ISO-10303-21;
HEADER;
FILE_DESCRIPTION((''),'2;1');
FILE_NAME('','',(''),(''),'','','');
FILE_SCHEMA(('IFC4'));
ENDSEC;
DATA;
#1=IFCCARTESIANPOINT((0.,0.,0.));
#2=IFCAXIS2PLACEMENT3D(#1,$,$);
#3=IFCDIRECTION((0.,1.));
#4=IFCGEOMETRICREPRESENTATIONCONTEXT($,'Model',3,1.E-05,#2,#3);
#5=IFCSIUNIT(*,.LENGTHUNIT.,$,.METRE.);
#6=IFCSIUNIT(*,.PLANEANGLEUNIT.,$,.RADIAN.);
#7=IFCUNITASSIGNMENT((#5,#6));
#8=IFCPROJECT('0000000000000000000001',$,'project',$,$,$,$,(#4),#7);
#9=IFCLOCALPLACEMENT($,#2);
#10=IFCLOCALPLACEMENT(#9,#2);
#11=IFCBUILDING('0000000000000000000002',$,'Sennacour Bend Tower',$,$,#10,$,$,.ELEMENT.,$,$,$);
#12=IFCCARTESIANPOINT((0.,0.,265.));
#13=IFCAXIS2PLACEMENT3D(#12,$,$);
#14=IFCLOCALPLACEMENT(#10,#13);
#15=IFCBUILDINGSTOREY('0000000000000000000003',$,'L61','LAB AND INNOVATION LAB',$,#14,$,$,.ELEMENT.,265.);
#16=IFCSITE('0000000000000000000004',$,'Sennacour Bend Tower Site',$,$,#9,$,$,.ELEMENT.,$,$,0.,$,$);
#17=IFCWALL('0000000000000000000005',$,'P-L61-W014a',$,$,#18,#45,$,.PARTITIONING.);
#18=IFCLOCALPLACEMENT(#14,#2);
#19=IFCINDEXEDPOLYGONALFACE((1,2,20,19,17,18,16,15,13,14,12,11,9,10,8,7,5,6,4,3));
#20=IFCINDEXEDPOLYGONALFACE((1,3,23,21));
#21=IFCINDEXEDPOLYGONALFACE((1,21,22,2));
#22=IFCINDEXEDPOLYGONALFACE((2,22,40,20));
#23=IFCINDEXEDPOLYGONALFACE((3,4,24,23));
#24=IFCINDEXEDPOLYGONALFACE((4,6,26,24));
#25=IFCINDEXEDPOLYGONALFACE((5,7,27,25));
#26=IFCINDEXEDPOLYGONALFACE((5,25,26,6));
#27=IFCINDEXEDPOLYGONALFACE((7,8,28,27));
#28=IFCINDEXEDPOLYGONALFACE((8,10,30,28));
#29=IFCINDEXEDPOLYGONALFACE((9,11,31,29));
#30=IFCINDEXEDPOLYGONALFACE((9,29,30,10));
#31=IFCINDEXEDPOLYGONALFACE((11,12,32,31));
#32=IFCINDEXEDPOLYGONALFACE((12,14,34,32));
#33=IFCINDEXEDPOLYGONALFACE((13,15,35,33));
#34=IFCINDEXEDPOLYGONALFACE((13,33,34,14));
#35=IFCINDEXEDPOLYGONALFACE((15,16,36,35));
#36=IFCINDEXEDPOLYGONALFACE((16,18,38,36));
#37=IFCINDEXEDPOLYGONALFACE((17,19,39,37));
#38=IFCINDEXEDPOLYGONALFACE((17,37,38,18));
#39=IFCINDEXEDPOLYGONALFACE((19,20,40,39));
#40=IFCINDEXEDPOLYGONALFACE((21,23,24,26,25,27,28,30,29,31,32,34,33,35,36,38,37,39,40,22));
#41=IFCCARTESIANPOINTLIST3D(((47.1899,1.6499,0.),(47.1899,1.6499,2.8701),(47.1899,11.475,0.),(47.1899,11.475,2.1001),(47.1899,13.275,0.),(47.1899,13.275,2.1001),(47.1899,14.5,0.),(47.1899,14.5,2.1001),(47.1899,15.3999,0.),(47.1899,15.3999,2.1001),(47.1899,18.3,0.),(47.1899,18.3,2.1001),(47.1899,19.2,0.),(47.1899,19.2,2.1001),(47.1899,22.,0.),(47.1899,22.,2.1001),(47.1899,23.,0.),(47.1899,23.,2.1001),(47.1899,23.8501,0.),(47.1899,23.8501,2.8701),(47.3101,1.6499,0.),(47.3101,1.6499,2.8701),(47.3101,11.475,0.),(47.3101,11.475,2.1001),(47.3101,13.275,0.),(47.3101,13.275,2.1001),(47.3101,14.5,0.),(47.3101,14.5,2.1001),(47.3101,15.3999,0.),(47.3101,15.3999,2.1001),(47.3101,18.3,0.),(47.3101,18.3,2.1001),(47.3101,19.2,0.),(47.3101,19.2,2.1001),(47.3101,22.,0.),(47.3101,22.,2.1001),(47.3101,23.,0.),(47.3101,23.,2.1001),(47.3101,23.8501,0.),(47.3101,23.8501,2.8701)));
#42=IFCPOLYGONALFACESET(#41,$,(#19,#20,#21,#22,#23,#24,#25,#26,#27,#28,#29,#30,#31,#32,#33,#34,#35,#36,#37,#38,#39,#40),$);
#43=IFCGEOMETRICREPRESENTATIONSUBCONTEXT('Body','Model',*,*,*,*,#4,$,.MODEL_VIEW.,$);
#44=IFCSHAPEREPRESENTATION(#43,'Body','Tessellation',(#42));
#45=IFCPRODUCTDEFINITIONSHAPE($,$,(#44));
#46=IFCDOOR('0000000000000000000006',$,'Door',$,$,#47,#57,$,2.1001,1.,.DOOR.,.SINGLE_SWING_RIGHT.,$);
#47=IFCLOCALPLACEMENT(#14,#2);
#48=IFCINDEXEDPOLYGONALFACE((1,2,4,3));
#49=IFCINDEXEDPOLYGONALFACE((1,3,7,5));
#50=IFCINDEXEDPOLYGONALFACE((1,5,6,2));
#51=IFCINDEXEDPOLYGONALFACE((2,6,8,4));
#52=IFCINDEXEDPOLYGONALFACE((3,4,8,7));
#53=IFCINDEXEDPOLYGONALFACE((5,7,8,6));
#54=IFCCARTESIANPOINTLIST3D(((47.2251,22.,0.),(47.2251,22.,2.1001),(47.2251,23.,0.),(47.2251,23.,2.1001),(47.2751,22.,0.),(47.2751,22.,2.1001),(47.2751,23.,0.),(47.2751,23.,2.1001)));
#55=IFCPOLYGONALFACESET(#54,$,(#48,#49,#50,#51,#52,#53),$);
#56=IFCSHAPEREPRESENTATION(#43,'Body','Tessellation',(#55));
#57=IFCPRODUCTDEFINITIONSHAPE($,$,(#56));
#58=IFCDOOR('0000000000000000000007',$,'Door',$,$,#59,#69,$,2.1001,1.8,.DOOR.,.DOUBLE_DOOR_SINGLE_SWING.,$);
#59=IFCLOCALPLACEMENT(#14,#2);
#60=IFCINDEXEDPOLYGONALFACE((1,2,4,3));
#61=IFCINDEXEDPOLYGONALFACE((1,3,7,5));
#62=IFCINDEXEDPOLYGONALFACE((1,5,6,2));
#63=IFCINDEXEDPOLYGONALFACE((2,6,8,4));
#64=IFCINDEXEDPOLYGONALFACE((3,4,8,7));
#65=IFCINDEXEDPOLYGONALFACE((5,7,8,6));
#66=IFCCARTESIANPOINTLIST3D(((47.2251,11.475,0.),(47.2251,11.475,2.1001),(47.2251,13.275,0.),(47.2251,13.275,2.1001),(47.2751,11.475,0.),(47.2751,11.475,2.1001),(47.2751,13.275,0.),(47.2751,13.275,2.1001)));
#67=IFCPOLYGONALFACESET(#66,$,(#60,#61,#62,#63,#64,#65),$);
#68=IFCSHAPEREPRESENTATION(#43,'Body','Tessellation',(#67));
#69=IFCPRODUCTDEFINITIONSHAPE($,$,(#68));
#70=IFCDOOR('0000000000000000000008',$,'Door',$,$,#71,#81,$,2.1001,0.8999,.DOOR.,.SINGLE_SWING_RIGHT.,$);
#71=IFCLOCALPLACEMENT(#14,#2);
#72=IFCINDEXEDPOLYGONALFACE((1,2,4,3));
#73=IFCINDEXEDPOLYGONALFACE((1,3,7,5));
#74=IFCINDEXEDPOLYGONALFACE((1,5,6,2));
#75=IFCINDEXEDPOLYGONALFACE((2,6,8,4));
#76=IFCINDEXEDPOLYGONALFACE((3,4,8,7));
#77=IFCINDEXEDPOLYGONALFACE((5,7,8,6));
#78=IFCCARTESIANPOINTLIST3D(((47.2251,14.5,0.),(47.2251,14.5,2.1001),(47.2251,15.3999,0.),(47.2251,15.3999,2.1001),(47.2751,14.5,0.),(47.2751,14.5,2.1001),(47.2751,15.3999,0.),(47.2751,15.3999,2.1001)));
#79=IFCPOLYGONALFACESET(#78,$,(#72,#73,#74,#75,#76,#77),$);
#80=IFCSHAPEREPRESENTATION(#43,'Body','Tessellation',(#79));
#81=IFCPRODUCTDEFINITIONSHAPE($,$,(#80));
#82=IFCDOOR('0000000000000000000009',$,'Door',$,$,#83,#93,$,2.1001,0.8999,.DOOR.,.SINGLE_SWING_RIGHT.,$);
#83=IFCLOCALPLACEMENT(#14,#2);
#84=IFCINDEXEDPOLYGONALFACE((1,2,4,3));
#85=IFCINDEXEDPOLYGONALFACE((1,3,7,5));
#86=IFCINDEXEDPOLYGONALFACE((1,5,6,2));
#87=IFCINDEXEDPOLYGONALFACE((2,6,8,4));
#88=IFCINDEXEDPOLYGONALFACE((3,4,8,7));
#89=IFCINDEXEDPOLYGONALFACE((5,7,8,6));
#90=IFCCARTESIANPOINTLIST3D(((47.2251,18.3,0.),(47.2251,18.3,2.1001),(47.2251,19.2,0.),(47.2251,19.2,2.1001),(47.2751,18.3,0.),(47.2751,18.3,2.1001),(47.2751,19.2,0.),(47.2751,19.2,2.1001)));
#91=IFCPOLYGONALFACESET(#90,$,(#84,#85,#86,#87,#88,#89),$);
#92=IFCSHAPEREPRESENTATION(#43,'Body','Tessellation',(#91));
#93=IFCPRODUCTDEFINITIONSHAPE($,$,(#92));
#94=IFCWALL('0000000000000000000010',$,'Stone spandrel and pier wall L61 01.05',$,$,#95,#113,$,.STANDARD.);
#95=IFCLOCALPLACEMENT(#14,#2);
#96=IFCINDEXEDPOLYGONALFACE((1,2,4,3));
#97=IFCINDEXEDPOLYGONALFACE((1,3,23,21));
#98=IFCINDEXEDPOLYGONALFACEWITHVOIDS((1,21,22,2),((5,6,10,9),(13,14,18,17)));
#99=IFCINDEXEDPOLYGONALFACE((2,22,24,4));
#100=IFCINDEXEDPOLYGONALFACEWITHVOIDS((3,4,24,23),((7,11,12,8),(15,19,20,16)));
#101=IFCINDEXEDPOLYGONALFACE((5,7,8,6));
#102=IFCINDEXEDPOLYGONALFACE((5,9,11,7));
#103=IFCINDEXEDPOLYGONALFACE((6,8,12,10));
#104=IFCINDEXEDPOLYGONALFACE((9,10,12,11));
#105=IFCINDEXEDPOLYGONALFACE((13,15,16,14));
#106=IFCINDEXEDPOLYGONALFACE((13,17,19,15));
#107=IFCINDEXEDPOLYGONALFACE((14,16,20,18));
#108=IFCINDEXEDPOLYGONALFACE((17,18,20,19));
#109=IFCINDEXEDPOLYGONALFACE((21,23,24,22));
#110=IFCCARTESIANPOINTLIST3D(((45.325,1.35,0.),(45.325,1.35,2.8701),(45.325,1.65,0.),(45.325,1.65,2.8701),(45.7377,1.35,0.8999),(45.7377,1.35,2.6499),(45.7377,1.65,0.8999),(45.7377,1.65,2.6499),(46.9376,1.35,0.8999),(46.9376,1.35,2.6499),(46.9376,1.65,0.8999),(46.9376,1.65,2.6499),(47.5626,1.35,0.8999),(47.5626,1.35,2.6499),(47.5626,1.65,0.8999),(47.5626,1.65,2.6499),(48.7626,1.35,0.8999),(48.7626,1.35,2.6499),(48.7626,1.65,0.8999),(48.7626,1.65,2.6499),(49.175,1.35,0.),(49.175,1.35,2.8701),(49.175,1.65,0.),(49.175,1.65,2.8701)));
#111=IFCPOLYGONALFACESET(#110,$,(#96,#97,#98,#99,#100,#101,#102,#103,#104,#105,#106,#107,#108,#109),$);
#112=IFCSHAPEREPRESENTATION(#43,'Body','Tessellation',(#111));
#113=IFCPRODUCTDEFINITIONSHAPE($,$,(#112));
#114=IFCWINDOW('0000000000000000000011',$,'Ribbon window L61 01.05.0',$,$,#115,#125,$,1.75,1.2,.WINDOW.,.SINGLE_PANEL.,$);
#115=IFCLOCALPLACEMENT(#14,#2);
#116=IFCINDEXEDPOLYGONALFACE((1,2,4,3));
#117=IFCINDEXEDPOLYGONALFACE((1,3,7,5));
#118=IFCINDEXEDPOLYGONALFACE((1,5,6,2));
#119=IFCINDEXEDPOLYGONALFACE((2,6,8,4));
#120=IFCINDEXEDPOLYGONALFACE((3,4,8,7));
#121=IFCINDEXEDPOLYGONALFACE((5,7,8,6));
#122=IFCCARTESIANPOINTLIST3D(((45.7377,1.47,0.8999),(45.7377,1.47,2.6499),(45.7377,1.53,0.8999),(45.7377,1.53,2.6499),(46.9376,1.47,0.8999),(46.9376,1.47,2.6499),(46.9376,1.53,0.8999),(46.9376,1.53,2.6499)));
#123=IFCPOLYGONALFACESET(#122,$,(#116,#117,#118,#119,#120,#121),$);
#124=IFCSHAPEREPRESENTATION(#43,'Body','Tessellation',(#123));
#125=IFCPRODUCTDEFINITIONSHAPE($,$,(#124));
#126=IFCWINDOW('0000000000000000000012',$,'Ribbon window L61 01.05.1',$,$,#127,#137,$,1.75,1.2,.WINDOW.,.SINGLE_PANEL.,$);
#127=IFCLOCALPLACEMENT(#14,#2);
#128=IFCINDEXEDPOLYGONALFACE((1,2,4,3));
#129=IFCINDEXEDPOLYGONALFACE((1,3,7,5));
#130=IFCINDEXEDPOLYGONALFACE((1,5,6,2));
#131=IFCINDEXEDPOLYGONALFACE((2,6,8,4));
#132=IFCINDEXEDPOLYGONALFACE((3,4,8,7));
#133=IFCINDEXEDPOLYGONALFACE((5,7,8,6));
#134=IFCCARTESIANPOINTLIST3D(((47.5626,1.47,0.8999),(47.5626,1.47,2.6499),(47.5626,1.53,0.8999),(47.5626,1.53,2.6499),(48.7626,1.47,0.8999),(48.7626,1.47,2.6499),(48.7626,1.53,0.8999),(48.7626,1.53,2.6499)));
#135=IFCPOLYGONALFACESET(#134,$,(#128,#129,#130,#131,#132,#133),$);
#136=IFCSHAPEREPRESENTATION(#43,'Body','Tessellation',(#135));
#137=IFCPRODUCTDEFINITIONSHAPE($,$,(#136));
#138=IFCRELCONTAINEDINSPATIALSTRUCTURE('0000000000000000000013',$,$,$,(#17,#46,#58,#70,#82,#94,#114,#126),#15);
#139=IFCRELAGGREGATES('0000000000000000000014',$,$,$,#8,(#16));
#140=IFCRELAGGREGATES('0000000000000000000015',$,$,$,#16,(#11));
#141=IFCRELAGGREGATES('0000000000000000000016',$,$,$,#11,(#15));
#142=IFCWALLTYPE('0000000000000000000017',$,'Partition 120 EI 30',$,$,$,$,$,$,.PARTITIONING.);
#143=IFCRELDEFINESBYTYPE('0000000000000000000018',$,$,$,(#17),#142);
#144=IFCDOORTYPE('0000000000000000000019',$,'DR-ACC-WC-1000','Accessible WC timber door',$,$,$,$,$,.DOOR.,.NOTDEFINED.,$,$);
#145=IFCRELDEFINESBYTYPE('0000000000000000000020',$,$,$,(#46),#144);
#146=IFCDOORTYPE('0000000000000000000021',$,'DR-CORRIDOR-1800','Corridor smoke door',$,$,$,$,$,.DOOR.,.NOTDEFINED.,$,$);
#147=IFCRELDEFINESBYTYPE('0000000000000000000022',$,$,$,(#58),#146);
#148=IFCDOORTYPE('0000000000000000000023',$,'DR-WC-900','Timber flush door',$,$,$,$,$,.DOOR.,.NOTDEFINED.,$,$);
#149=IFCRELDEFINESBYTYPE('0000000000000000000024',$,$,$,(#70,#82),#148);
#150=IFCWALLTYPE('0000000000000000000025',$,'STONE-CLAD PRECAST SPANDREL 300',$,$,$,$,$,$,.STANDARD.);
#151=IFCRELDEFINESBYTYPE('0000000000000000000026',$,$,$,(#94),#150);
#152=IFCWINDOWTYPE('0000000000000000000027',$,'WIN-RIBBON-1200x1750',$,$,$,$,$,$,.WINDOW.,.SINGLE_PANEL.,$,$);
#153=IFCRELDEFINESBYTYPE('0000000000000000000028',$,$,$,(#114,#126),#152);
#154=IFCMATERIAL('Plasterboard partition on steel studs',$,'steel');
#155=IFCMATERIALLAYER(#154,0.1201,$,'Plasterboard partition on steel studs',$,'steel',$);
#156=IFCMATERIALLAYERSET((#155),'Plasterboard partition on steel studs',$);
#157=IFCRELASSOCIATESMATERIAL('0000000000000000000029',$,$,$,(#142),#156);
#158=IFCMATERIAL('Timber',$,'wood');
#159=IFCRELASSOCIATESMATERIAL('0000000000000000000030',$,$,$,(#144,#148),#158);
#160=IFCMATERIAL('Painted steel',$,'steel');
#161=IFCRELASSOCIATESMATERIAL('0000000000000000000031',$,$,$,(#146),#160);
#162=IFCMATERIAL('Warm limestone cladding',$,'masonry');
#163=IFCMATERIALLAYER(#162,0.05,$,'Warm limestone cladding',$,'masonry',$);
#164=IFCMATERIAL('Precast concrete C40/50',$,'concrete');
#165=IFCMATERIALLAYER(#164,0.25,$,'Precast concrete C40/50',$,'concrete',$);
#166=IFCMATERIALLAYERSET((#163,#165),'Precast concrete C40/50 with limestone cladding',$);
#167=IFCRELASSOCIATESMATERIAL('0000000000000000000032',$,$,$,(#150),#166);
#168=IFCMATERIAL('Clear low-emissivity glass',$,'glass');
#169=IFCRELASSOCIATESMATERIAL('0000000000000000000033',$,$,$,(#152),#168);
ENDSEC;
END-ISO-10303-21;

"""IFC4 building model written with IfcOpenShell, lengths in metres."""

from ifc_helpers import new_model, si_unit, direction, frame, frame_2d, origin, place, context, subcontext, project, spatial, rectangle, extrude, material, layer, layer_set, type_object, element, fill, save


model = new_model("IFC4")

# Units and contexts
model_context = context("Model", 3, precision=1e-05, world=origin(), true_north=direction((0.0, 1.0)))
body_context = subcontext(model_context, "Body", "Model", "MODEL_VIEW")
ifc_project = project(units=[si_unit("LENGTHUNIT", "METRE"), si_unit("PLANEANGLEUNIT", "RADIAN")], contexts=[model_context])

# Site, building, storey
site_placement = place(None, origin())
site = spatial("IfcSite", under=ifc_project, at=site_placement, Name="Sennacour Bend Tower Site", CompositionType="ELEMENT", RefElevation=0.0)
building_placement = place(site_placement, origin())
building = spatial("IfcBuilding", under=site, at=building_placement, Name="Sennacour Bend Tower", CompositionType="ELEMENT")
storey_placement = place(building_placement, frame((0.0, 0.0, 265.0)))
storey = spatial("IfcBuildingStorey", under=building, at=storey_placement, Name="L61", Description="LAB AND INNOVATION LAB", CompositionType="ELEMENT", Elevation=265.0)

# Wall, openings, doors
ifc_material_1 = material(Name="Plasterboard partition on steel studs", Category="steel")
ifc_layer_1 = layer(ifc_material_1, 0.1201, Name="Plasterboard partition on steel studs", Category="steel")
ifc_layer_set_1 = layer_set([ifc_layer_1], Name="Plasterboard partition on steel studs")
wall_type_1 = type_object("IfcWallType", Name="Partition 120 EI 30", PredefinedType="PARTITIONING", material=ifc_layer_set_1)
wall_1_placement = place(storey_placement, frame((47.25, 1.6499, 0.0), z_axis=(0.0, 0.0, 1.0), x_axis=(0.0, 1.0, 0.0)))
wall_1 = element("IfcWall", 1, at=wall_1_placement, inside=storey, type_object=wall_type_1, Name="P-L61-W014a", PredefinedType="PARTITIONING", context=body_context, shape_type="SweptSolid", body=[
    extrude(rectangle(XDim=22.2002, YDim=0.1201, at=frame_2d((11.1001, 0.0))), origin(), (0.0, 0.0, 1.0), 2.8701),
])
opening_1_placement = place(wall_1_placement, frame((9.8252, 0.0, 0.0)))
opening_1 = element("IfcOpeningElement", 2, at=opening_1_placement, cuts=wall_1, PredefinedType="OPENING", context=body_context, shape_type="SweptSolid", body=[
    extrude(rectangle(XDim=1.8, YDim=2.1001, at=frame_2d((0.8999, 1.05))), frame((0.0, 0.0701, 0.0), z_axis=(0.0, -1.0, 0.0), x_axis=(1.0, 0.0, 0.0)), (0.0, 0.0, 1.0), 0.1401),
])
opening_2_placement = place(wall_1_placement, frame((12.8501, 0.0, 0.0)))
opening_2 = element("IfcOpeningElement", 3, at=opening_2_placement, cuts=wall_1, PredefinedType="OPENING", context=body_context, shape_type="SweptSolid", body=[
    extrude(rectangle(XDim=0.8999, YDim=2.1001, at=frame_2d((0.45, 1.05))), frame((0.0, 0.0701, 0.0), z_axis=(0.0, -1.0, 0.0), x_axis=(1.0, 0.0, 0.0)), (0.0, 0.0, 1.0), 0.1401),
])
opening_3_placement = place(wall_1_placement, frame((16.6501, 0.0, 0.0)))
opening_3 = element("IfcOpeningElement", 4, at=opening_3_placement, cuts=wall_1, PredefinedType="OPENING", context=body_context, shape_type="SweptSolid", body=[
    extrude(rectangle(XDim=0.8999, YDim=2.1001, at=frame_2d((0.45, 1.05))), frame((0.0, 0.0701, 0.0), z_axis=(0.0, -1.0, 0.0), x_axis=(1.0, 0.0, 0.0)), (0.0, 0.0, 1.0), 0.1401),
])
opening_4_placement = place(wall_1_placement, frame((20.3501, 0.0, 0.0)))
opening_4 = element("IfcOpeningElement", 5, at=opening_4_placement, cuts=wall_1, PredefinedType="OPENING", context=body_context, shape_type="SweptSolid", body=[
    extrude(rectangle(XDim=1.0, YDim=2.1001, at=frame_2d((0.5, 1.05))), frame((0.0, 0.0701, 0.0), z_axis=(0.0, -1.0, 0.0), x_axis=(1.0, 0.0, 0.0)), (0.0, 0.0, 1.0), 0.1401),
])
ifc_material_2 = material(Name="Timber", Category="wood")
door_type_1 = type_object("IfcDoorType", Name="DR-ACC-WC-1000", Description="Accessible WC timber door", OperationType="NOTDEFINED", PredefinedType="DOOR", material=ifc_material_2)
door_1_placement = place(opening_4_placement, origin())
door_1 = element("IfcDoor", 6, at=door_1_placement, inside=storey, type_object=door_type_1, Name="Door", OperationType="SINGLE_SWING_RIGHT", OverallHeight=2.1001, OverallWidth=1.0, PredefinedType="DOOR", context=body_context, shape_type="SweptSolid", body=[
    extrude(rectangle(XDim=1.0, YDim=2.1001, at=frame_2d((0.5, 1.05))), frame((0.0, 0.0249, 0.0), z_axis=(0.0, -1.0, 0.0), x_axis=(1.0, 0.0, 0.0)), (0.0, 0.0, 1.0), 0.05),
])
fill(opening_4, door_1)
ifc_material_3 = material(Name="Painted steel", Category="steel")
door_type_2 = type_object("IfcDoorType", Name="DR-CORRIDOR-1800", Description="Corridor smoke door", OperationType="NOTDEFINED", PredefinedType="DOOR", material=ifc_material_3)
door_2_placement = place(opening_1_placement, origin())
door_2 = element("IfcDoor", 7, at=door_2_placement, inside=storey, type_object=door_type_2, Name="Door", OperationType="DOUBLE_DOOR_SINGLE_SWING", OverallHeight=2.1001, OverallWidth=1.8, PredefinedType="DOOR", context=body_context, shape_type="SweptSolid", body=[
    extrude(rectangle(XDim=1.8, YDim=2.1001, at=frame_2d((0.8999, 1.05))), frame((0.0, 0.0249, 0.0), z_axis=(0.0, -1.0, 0.0), x_axis=(1.0, 0.0, 0.0)), (0.0, 0.0, 1.0), 0.05),
])
fill(opening_1, door_2)
door_type_3 = type_object("IfcDoorType", Name="DR-WC-900", Description="Timber flush door", OperationType="NOTDEFINED", PredefinedType="DOOR", material=ifc_material_2)
door_3_placement = place(opening_2_placement, origin())
door_3 = element("IfcDoor", 8, at=door_3_placement, inside=storey, type_object=door_type_3, Name="Door", OperationType="SINGLE_SWING_RIGHT", OverallHeight=2.1001, OverallWidth=0.8999, PredefinedType="DOOR", context=body_context, shape_type="SweptSolid", body=[
    extrude(rectangle(XDim=0.8999, YDim=2.1001, at=frame_2d((0.45, 1.05))), frame((0.0, 0.0249, 0.0), z_axis=(0.0, -1.0, 0.0), x_axis=(1.0, 0.0, 0.0)), (0.0, 0.0, 1.0), 0.05),
])
fill(opening_2, door_3)
door_4_placement = place(opening_3_placement, origin())
door_4 = element("IfcDoor", 9, at=door_4_placement, inside=storey, type_object=door_type_3, Name="Door", OperationType="SINGLE_SWING_RIGHT", OverallHeight=2.1001, OverallWidth=0.8999, PredefinedType="DOOR", context=body_context, shape_type="SweptSolid", body=[
    extrude(rectangle(XDim=0.8999, YDim=2.1001, at=frame_2d((0.45, 1.05))), frame((0.0, 0.0249, 0.0), z_axis=(0.0, -1.0, 0.0), x_axis=(1.0, 0.0, 0.0)), (0.0, 0.0, 1.0), 0.05),
])
fill(opening_3, door_4)

# Wall, openings, windows
ifc_material_4 = material(Name="Warm limestone cladding", Category="masonry")
ifc_layer_2 = layer(ifc_material_4, 0.05, Name="Warm limestone cladding", Category="masonry")
ifc_material_5 = material(Name="Precast concrete C40/50", Category="concrete")
ifc_layer_3 = layer(ifc_material_5, 0.25, Name="Precast concrete C40/50", Category="concrete")
ifc_layer_set_2 = layer_set([ifc_layer_2, ifc_layer_3], Name="Precast concrete C40/50 with limestone cladding")
wall_type_2 = type_object("IfcWallType", Name="STONE-CLAD PRECAST SPANDREL 300", PredefinedType="STANDARD", material=ifc_layer_set_2)
wall_2_placement = place(storey_placement, frame((45.325, 1.5, 0.0), z_axis=(0.0, 0.0, 1.0), x_axis=(1.0, 0.0, 0.0)))
wall_2 = element("IfcWall", 10, at=wall_2_placement, inside=storey, type_object=wall_type_2, Name="Stone spandrel and pier wall L61 01.05", PredefinedType="STANDARD", context=body_context, shape_type="SweptSolid", body=[
    extrude(rectangle(XDim=3.8501, YDim=0.3, at=frame_2d((1.925, 0.0))), origin(), (0.0, 0.0, 1.0), 2.8701),
])
opening_5_placement = place(wall_2_placement, frame((0.4126, 0.0, 0.8999)))
opening_5 = element("IfcOpeningElement", 11, at=opening_5_placement, cuts=wall_2, PredefinedType="OPENING", context=body_context, shape_type="SweptSolid", body=[
    extrude(rectangle(XDim=1.2, YDim=1.75, at=frame_2d((0.6001, 0.875))), frame((0.0, 0.1602, 0.0), z_axis=(0.0, -1.0, 0.0), x_axis=(1.0, 0.0, 0.0)), (0.0, 0.0, 1.0), 0.3201),
])
opening_6_placement = place(wall_2_placement, frame((2.2375, 0.0, 0.8999)))
opening_6 = element("IfcOpeningElement", 12, at=opening_6_placement, cuts=wall_2, PredefinedType="OPENING", context=body_context, shape_type="SweptSolid", body=[
    extrude(rectangle(XDim=1.2, YDim=1.75, at=frame_2d((0.6001, 0.875))), frame((0.0, 0.1602, 0.0), z_axis=(0.0, -1.0, 0.0), x_axis=(1.0, 0.0, 0.0)), (0.0, 0.0, 1.0), 0.3201),
])
ifc_material_6 = material(Name="Clear low-emissivity glass", Category="glass")
window_type = type_object("IfcWindowType", Name="WIN-RIBBON-1200x1750", PartitioningType="SINGLE_PANEL", PredefinedType="WINDOW", material=ifc_material_6)
window_1_placement = place(opening_5_placement, origin())
window_1 = element("IfcWindow", 13, at=window_1_placement, inside=storey, type_object=window_type, Name="Ribbon window L61 01.05.0", OverallHeight=1.75, OverallWidth=1.2, PartitioningType="SINGLE_PANEL", PredefinedType="WINDOW", context=body_context, shape_type="SweptSolid", body=[
    extrude(rectangle(XDim=1.2, YDim=1.75, at=frame_2d((0.6001, 0.875))), frame((0.0, 0.03, 0.0), z_axis=(0.0, -1.0, 0.0), x_axis=(1.0, 0.0, 0.0)), (0.0, 0.0, 1.0), 0.0601),
])
fill(opening_5, window_1)
window_2_placement = place(opening_6_placement, origin())
window_2 = element("IfcWindow", 14, at=window_2_placement, inside=storey, type_object=window_type, Name="Ribbon window L61 01.05.1", OverallHeight=1.75, OverallWidth=1.2, PartitioningType="SINGLE_PANEL", PredefinedType="WINDOW", context=body_context, shape_type="SweptSolid", body=[
    extrude(rectangle(XDim=1.2, YDim=1.75, at=frame_2d((0.6001, 0.875))), frame((0.0, 0.03, 0.0), z_axis=(0.0, -1.0, 0.0), x_axis=(1.0, 0.0, 0.0)), (0.0, 0.0, 1.0), 0.0601),
])
fill(opening_6, window_2)

save(model, "model.ifc")
